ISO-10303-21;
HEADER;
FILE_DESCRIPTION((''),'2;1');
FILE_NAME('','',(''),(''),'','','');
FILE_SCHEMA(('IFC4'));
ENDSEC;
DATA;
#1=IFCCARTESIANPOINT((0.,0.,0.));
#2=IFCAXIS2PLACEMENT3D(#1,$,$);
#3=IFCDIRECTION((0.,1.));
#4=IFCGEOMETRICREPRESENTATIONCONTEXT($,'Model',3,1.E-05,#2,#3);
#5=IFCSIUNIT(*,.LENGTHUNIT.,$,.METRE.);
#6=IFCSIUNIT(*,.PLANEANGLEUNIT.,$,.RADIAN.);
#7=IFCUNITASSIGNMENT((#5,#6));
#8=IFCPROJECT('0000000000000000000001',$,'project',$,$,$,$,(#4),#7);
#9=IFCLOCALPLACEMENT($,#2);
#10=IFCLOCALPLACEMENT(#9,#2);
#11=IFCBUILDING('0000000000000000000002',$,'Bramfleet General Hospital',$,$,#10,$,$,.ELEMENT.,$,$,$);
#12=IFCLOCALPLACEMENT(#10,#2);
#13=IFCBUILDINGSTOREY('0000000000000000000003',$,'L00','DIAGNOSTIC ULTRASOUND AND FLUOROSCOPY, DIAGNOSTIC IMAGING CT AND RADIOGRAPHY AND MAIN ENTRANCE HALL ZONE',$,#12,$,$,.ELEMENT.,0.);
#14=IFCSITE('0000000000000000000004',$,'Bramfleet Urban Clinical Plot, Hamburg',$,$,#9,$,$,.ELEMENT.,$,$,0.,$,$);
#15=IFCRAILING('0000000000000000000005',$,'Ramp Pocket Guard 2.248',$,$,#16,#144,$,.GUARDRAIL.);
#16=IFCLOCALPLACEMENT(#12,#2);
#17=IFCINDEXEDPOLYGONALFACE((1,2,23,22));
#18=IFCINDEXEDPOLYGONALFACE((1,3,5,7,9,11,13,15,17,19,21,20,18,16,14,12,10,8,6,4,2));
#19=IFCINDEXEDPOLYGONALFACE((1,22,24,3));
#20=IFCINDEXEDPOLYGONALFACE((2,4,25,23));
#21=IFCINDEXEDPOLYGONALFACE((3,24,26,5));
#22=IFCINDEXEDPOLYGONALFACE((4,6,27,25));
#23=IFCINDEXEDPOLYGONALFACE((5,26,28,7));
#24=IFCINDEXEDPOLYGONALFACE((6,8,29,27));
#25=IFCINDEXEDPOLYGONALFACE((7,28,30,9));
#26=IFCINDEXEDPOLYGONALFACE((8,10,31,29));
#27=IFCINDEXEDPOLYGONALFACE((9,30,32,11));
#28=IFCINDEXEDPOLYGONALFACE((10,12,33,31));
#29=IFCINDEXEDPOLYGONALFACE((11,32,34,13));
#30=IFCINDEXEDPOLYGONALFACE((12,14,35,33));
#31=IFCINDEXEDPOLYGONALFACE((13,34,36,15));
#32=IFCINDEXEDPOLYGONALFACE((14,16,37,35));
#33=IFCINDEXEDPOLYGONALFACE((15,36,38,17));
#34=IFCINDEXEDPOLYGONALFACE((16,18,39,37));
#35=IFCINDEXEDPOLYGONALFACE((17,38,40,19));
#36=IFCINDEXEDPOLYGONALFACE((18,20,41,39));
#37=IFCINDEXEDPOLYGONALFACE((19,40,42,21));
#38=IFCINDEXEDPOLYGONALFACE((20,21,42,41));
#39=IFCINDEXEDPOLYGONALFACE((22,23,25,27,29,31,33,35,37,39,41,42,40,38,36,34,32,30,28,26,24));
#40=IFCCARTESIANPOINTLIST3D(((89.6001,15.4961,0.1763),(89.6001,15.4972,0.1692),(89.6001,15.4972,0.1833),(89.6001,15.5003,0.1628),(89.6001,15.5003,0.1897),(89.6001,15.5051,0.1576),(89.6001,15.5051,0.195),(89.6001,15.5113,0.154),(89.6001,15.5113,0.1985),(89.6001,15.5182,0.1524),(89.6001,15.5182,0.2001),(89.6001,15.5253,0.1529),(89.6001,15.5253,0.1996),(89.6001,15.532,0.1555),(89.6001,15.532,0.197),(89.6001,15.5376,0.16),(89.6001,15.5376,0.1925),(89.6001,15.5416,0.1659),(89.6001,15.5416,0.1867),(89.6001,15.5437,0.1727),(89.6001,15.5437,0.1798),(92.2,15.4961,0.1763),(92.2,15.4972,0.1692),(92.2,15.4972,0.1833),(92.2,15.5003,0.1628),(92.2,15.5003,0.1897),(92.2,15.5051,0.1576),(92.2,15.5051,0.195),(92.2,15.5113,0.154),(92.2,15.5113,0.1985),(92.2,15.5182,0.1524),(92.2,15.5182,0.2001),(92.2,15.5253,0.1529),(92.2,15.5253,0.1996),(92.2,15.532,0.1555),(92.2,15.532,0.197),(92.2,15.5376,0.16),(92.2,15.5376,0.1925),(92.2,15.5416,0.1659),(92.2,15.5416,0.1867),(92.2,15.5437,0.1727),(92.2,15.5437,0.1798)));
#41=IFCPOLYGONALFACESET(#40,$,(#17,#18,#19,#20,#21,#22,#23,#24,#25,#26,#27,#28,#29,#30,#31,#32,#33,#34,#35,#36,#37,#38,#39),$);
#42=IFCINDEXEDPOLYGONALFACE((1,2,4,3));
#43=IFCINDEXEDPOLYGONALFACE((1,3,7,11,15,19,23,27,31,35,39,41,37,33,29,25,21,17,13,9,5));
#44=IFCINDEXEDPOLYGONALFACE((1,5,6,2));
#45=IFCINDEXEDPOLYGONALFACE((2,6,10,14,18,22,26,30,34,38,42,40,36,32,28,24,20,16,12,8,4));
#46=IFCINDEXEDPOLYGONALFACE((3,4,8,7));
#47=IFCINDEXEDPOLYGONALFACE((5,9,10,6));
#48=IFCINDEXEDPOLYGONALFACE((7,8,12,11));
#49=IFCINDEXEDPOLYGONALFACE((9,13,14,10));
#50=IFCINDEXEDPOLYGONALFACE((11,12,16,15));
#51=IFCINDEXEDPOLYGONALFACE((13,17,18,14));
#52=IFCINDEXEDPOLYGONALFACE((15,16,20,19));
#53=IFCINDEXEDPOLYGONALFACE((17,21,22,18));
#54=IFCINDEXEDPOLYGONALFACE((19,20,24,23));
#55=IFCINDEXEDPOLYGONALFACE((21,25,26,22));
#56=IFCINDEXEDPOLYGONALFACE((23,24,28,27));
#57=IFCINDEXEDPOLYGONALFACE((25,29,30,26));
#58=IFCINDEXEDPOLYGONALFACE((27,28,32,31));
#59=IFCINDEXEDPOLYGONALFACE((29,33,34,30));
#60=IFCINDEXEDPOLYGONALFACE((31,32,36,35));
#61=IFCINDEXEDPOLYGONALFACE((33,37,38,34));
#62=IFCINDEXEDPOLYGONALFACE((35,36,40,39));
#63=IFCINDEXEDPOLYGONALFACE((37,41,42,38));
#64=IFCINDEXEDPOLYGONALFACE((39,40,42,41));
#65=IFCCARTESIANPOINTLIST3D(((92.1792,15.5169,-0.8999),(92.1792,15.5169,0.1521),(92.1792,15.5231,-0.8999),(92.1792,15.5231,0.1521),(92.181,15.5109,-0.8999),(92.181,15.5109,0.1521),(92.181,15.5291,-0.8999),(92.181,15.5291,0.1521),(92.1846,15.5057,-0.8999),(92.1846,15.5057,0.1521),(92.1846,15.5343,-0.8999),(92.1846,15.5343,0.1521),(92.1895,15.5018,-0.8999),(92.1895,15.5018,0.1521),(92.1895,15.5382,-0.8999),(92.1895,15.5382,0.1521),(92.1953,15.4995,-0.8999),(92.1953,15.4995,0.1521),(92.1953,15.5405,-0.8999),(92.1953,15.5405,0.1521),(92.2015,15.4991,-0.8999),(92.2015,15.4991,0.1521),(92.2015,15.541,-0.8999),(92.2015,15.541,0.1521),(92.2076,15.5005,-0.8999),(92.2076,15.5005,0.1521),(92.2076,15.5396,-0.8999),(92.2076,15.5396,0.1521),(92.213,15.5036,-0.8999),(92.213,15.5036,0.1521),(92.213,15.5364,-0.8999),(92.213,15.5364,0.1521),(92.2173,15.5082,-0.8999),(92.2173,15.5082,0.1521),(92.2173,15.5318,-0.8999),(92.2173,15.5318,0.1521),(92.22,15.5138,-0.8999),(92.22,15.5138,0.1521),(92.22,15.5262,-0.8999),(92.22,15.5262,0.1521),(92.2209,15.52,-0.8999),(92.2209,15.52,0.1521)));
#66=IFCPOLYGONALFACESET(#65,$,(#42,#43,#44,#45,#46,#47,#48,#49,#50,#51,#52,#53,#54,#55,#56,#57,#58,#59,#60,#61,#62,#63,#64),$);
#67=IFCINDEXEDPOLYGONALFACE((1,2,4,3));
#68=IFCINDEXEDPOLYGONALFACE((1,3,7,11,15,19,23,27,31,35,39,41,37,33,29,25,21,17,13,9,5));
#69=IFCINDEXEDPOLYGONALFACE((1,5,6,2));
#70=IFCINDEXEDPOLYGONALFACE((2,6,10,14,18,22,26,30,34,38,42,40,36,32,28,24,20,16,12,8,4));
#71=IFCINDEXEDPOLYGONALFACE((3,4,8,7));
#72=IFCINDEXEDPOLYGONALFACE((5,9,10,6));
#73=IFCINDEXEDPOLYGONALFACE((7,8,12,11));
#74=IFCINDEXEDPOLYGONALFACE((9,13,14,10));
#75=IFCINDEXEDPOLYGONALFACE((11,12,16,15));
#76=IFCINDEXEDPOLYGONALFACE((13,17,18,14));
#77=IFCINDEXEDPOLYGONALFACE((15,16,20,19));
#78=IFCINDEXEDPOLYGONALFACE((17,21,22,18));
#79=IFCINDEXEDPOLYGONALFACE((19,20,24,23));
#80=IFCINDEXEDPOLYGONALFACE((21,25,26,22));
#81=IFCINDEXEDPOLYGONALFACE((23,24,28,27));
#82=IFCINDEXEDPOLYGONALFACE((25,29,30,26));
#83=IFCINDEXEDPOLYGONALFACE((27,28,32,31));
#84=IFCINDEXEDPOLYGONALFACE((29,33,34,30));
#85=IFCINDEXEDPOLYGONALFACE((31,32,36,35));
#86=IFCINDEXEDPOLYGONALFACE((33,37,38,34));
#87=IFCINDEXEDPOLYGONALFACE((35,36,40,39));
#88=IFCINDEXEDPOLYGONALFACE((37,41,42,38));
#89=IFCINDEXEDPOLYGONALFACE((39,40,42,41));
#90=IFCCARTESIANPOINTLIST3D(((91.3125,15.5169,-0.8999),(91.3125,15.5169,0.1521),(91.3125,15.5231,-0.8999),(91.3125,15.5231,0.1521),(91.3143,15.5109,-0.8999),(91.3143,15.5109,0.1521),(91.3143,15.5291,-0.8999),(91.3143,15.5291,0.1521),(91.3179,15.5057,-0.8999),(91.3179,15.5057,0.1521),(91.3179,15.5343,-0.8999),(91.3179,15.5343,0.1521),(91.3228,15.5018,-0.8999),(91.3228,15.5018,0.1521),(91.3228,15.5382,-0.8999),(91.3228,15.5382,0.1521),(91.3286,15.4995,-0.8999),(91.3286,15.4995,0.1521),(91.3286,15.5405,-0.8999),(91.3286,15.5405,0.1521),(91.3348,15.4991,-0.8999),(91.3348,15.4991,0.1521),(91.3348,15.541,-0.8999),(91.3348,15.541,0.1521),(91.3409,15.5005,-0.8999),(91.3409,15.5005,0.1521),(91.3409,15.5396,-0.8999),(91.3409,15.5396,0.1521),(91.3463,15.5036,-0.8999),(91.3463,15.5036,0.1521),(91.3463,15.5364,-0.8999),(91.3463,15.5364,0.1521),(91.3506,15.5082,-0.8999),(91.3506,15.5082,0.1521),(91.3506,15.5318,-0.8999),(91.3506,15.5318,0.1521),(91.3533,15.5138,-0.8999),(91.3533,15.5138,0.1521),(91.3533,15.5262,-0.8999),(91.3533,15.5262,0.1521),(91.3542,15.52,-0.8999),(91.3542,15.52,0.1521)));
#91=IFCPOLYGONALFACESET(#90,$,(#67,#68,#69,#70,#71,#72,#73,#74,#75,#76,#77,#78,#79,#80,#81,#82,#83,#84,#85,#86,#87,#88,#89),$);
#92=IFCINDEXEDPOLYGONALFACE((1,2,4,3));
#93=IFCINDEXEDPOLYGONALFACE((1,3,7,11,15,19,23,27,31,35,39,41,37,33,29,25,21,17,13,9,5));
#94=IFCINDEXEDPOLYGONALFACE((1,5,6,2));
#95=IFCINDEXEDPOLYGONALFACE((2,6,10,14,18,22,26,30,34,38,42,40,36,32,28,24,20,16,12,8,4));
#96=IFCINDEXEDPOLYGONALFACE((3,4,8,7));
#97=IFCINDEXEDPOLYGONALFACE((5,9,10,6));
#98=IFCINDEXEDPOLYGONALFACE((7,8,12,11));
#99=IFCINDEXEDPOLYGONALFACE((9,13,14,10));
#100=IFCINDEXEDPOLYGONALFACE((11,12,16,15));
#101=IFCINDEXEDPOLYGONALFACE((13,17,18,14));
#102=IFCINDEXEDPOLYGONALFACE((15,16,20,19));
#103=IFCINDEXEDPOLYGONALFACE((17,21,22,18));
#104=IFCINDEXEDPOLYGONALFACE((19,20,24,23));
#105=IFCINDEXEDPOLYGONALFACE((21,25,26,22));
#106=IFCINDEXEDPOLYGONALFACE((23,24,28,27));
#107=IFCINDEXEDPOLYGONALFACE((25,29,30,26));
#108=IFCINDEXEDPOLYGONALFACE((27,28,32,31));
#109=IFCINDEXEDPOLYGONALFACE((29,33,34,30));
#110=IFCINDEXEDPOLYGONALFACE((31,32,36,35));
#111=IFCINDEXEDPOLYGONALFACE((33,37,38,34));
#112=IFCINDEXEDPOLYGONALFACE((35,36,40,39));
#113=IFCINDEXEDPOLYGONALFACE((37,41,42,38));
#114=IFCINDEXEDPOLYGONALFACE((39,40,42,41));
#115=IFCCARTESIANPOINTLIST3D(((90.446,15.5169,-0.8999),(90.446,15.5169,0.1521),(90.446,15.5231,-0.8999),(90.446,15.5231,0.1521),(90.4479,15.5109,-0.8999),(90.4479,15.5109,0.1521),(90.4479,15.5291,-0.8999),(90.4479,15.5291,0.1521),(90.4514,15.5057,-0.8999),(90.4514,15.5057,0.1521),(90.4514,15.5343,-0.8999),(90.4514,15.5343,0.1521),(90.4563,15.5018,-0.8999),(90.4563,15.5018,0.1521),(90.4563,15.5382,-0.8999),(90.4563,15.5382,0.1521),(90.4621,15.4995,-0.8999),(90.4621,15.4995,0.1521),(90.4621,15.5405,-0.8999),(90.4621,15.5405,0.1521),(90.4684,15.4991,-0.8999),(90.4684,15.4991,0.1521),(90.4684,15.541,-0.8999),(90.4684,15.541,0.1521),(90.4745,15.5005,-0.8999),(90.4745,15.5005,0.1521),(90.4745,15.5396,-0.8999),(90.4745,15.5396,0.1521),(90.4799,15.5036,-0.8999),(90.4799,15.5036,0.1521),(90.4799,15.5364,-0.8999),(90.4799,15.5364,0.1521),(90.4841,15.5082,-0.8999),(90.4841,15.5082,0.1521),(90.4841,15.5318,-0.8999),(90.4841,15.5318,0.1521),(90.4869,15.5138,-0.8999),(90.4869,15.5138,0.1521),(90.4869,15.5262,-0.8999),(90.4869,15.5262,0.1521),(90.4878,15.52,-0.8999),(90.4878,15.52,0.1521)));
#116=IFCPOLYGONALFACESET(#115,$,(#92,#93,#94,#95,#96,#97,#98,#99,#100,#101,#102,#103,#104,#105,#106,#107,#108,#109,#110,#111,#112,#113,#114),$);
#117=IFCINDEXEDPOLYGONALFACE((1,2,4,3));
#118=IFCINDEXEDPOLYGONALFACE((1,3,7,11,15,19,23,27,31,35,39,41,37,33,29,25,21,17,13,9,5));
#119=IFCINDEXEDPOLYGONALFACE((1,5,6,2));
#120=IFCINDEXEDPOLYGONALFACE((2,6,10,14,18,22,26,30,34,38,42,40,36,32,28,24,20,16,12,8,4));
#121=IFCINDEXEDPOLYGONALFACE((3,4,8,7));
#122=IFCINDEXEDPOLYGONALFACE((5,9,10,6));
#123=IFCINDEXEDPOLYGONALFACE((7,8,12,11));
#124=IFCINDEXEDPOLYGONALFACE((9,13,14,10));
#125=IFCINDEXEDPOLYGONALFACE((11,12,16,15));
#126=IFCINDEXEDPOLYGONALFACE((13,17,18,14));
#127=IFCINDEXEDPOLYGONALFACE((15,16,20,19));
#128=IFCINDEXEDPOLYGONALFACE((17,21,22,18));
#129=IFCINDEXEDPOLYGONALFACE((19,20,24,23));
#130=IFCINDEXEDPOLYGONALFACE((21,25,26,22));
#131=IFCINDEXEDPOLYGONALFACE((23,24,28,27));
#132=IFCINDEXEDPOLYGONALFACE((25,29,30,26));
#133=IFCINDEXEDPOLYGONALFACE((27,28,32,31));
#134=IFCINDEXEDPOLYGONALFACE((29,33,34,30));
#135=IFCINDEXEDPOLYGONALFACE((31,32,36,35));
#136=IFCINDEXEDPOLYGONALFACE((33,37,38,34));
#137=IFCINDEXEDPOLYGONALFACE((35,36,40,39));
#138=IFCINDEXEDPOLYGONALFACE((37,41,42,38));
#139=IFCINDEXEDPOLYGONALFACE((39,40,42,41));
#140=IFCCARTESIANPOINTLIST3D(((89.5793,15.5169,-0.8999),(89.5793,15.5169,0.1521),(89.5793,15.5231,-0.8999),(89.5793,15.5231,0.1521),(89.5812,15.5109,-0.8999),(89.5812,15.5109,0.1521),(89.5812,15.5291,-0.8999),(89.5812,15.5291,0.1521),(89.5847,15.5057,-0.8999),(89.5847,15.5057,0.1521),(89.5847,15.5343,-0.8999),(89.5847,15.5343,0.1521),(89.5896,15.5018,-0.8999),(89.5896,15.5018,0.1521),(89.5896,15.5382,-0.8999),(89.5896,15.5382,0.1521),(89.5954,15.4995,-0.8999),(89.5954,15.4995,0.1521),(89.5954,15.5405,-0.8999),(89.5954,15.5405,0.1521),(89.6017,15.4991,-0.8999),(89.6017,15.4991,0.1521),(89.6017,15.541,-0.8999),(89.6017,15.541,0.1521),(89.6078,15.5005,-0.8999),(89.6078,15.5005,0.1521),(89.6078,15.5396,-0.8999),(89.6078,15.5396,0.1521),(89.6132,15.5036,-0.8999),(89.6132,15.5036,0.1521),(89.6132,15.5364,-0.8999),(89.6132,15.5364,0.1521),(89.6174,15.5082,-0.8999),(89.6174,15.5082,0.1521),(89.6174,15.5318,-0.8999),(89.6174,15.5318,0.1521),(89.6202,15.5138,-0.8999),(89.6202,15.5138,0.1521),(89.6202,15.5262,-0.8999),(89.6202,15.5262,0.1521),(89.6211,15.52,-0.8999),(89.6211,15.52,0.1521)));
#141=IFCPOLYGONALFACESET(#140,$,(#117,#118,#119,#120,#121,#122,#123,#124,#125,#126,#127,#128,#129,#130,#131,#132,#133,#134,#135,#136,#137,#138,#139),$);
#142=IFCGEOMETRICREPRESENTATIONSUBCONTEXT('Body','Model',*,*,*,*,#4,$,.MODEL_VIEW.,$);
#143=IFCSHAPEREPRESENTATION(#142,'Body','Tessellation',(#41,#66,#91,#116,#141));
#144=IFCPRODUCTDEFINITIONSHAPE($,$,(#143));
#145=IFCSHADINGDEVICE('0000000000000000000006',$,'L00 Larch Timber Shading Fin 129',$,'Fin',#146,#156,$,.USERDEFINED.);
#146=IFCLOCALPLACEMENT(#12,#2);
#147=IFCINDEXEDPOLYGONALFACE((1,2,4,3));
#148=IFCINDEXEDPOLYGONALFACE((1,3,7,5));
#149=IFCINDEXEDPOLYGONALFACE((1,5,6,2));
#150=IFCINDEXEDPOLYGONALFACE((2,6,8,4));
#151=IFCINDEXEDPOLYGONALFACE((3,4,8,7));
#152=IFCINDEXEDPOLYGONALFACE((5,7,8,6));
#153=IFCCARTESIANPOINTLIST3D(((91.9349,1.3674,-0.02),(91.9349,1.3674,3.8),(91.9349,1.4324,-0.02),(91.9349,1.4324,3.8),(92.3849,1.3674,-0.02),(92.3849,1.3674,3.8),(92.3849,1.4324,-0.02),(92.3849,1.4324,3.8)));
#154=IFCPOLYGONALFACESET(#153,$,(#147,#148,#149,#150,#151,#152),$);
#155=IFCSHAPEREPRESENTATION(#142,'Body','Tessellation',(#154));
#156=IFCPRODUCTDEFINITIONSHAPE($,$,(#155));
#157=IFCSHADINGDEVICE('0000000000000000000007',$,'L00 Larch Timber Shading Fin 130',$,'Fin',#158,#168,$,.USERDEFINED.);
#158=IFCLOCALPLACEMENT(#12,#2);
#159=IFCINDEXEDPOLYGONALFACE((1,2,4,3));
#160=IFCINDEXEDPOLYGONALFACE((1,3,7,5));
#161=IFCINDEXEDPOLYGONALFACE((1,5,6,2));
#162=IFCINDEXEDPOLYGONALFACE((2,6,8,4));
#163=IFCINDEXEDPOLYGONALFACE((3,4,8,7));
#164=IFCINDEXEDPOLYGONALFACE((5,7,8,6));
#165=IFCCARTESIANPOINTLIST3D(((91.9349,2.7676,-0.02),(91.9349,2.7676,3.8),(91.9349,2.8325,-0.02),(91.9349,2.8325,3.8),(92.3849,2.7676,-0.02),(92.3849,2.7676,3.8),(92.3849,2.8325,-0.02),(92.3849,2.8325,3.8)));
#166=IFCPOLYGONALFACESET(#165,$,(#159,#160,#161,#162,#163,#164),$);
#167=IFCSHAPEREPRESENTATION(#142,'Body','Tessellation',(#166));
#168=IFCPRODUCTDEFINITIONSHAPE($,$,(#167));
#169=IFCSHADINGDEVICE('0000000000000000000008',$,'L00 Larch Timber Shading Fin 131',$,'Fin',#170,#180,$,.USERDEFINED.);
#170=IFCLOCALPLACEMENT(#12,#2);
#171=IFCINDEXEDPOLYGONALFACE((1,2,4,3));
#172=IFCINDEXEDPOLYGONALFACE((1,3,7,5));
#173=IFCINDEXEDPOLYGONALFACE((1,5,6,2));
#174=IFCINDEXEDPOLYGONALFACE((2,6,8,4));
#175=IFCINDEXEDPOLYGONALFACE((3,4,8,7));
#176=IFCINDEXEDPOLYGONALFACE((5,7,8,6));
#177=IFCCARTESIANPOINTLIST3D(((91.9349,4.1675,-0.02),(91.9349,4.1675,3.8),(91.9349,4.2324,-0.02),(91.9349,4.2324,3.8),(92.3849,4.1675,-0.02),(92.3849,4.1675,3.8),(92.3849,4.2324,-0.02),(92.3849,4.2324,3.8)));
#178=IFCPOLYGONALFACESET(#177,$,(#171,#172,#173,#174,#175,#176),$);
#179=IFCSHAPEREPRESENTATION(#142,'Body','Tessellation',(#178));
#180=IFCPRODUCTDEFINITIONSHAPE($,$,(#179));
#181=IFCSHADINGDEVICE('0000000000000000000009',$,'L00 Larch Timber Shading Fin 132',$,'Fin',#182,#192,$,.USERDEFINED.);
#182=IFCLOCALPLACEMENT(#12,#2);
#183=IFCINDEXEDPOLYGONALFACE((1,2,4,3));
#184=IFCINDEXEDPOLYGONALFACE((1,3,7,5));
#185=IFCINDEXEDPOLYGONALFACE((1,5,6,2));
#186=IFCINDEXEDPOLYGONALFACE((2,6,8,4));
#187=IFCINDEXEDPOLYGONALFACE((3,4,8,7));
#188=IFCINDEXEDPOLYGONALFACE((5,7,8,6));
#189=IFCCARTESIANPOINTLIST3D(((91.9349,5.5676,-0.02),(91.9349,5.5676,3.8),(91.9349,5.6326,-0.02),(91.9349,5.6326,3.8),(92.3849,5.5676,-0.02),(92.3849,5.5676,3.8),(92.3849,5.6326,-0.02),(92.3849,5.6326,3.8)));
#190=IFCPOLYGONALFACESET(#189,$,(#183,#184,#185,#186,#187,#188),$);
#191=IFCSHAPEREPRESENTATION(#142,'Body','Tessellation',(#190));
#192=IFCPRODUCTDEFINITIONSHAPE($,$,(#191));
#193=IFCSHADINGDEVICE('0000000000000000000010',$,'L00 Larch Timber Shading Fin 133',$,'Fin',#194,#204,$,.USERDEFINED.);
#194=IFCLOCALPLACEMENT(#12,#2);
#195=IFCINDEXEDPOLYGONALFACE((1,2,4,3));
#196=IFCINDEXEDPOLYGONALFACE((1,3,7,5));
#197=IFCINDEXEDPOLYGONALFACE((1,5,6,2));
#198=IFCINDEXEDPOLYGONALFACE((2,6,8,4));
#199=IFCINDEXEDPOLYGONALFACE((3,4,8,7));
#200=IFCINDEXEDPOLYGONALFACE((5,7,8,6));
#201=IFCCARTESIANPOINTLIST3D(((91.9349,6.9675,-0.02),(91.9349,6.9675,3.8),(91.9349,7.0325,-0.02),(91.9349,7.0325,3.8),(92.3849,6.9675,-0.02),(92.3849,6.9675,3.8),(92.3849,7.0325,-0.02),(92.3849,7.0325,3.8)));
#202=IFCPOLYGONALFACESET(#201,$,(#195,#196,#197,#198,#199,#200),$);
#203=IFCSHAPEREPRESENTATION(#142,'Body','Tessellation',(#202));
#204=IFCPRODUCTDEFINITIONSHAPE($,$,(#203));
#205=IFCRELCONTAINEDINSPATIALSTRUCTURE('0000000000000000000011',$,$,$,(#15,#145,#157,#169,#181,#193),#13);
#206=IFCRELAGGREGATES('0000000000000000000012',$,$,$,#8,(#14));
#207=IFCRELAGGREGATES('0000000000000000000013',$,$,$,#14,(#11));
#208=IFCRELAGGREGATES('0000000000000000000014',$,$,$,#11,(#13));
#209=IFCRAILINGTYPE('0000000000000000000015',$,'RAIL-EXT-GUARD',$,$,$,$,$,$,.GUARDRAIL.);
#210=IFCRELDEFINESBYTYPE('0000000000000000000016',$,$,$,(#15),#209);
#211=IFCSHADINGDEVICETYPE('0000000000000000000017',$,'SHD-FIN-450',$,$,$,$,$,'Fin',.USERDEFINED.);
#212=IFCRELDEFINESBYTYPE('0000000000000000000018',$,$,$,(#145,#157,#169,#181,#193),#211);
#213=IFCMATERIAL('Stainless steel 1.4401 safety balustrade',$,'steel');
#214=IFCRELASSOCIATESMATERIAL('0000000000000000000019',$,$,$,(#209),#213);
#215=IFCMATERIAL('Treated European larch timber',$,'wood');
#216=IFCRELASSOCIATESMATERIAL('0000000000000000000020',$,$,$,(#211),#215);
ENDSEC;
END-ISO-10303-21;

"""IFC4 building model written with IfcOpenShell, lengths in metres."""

from ifc_helpers import new_model, si_unit, direction, frame, origin, origin_2d, place, context, subcontext, project, spatial, rectangle, circle, extrude, material, material_profile, profile_set, type_object, element, save


model = new_model("IFC4")

# Units and contexts
model_context = context("Model", 3, precision=1e-05, world=origin(), true_north=direction((0.0, 1.0)))
body_context = subcontext(model_context, "Body", "Model", "MODEL_VIEW")
ifc_project = project(units=[si_unit("LENGTHUNIT", "METRE"), si_unit("PLANEANGLEUNIT", "RADIAN")], contexts=[model_context])

# Site, building, storey
site_placement = place(None, origin())
site = spatial("IfcSite", under=ifc_project, at=site_placement, Name="Bramfleet Urban Clinical Plot, Hamburg", CompositionType="ELEMENT", RefElevation=0.0)
building_placement = place(site_placement, origin())
building = spatial("IfcBuilding", under=site, at=building_placement, Name="Bramfleet General Hospital", CompositionType="ELEMENT")
storey_placement = place(building_placement, origin())
storey = spatial("IfcBuildingStorey", under=building, at=storey_placement, Name="L00", Description="DIAGNOSTIC ULTRASOUND AND FLUOROSCOPY, DIAGNOSTIC IMAGING CT AND RADIOGRAPHY AND MAIN ENTRANCE HALL ZONE", CompositionType="ELEMENT", Elevation=0.0)

# Railing
ifc_material_1 = material(Name="Stainless steel 1.4401 safety balustrade", Category="steel")
railing_type_1 = type_object("IfcRailingType", Name="RAIL-EXT-GUARD", PredefinedType="GUARDRAIL", material=ifc_material_1)
railing_1_placement = place(storey_placement, frame((92.2, 15.52, -0.8999)))
element("IfcRailing", 1, at=railing_1_placement, inside=storey, type_object=railing_type_1, Name="Ramp Pocket Guard 2.248", PredefinedType="GUARDRAIL", context=body_context, shape_type="SweptSolid", body=[
    extrude(circle(Radius=0.0239, at=origin_2d()), frame((0.0, 0.0, 1.0762), z_axis=(-1.0, 0.0, 0.0), x_axis=(0.0, -1.0, 0.0)), (0.0, 0.0, 1.0), 2.5999),
    extrude(circle(Radius=0.021, at=origin_2d()), origin(), (0.0, 0.0, 1.0), 1.052),
    extrude(circle(Radius=0.021, at=origin_2d()), frame((-0.8667, 0.0, 0.0)), (0.0, 0.0, 1.0), 1.052),
    extrude(circle(Radius=0.021, at=origin_2d()), frame((-1.7332, 0.0, 0.0)), (0.0, 0.0, 1.0), 1.052),
    extrude(circle(Radius=0.021, at=origin_2d()), frame((-2.5999, 0.0, 0.0)), (0.0, 0.0, 1.0), 1.052),
])

# Shading devices
ifc_material_2 = material(Name="Treated European larch timber", Category="wood")
ifc_material_profile_1 = material_profile(ifc_material_2, rectangle(XDim=0.0649, YDim=0.45, at=origin_2d()), Name="LARCH FIN 450x65")
ifc_profile_set_1 = profile_set([ifc_material_profile_1], Name="Treated European larch timber")
shading_device_type = type_object("IfcShadingDeviceType", Name="SHD-FIN-450", ElementType="Fin", PredefinedType="USERDEFINED", material=ifc_profile_set_1)
for number, where, z_axis, x_axis, name in (
    (2, (92.1599, 1.3999, -0.02), (0.0, 0.0, 1.0), (0.0, 1.0, 0.0), "L00 Larch Timber Shading Fin 129"),
    (3, (92.1599, 2.8, -0.02), (0.0, 0.0, 1.0), (0.0, 1.0, 0.0), "L00 Larch Timber Shading Fin 130"),
    (4, (92.1599, 4.2, -0.02), (0.0, 0.0, 1.0), (0.0, 1.0, 0.0), "L00 Larch Timber Shading Fin 131"),
    (5, (92.1599, 5.6001, -0.02), (0.0, 0.0, 1.0), (0.0, 1.0, 0.0), "L00 Larch Timber Shading Fin 132"),
    (6, (92.1599, 7.0, -0.02), (0.0, 0.0, 1.0), (0.0, 1.0, 0.0), "L00 Larch Timber Shading Fin 133"),
):
    element("IfcShadingDevice", number, at=place(storey_placement, frame(where, z_axis=z_axis, x_axis=x_axis)), inside=storey, type_object=shading_device_type, Name=name, ObjectType="Fin", PredefinedType="USERDEFINED", context=body_context, shape_type="SweptSolid", body=[
        extrude(rectangle(XDim=0.0649, YDim=0.45, at=origin_2d()), origin(), (0.0, 0.0, 1.0), 3.8201),
    ])

save(model, "model.ifc")
